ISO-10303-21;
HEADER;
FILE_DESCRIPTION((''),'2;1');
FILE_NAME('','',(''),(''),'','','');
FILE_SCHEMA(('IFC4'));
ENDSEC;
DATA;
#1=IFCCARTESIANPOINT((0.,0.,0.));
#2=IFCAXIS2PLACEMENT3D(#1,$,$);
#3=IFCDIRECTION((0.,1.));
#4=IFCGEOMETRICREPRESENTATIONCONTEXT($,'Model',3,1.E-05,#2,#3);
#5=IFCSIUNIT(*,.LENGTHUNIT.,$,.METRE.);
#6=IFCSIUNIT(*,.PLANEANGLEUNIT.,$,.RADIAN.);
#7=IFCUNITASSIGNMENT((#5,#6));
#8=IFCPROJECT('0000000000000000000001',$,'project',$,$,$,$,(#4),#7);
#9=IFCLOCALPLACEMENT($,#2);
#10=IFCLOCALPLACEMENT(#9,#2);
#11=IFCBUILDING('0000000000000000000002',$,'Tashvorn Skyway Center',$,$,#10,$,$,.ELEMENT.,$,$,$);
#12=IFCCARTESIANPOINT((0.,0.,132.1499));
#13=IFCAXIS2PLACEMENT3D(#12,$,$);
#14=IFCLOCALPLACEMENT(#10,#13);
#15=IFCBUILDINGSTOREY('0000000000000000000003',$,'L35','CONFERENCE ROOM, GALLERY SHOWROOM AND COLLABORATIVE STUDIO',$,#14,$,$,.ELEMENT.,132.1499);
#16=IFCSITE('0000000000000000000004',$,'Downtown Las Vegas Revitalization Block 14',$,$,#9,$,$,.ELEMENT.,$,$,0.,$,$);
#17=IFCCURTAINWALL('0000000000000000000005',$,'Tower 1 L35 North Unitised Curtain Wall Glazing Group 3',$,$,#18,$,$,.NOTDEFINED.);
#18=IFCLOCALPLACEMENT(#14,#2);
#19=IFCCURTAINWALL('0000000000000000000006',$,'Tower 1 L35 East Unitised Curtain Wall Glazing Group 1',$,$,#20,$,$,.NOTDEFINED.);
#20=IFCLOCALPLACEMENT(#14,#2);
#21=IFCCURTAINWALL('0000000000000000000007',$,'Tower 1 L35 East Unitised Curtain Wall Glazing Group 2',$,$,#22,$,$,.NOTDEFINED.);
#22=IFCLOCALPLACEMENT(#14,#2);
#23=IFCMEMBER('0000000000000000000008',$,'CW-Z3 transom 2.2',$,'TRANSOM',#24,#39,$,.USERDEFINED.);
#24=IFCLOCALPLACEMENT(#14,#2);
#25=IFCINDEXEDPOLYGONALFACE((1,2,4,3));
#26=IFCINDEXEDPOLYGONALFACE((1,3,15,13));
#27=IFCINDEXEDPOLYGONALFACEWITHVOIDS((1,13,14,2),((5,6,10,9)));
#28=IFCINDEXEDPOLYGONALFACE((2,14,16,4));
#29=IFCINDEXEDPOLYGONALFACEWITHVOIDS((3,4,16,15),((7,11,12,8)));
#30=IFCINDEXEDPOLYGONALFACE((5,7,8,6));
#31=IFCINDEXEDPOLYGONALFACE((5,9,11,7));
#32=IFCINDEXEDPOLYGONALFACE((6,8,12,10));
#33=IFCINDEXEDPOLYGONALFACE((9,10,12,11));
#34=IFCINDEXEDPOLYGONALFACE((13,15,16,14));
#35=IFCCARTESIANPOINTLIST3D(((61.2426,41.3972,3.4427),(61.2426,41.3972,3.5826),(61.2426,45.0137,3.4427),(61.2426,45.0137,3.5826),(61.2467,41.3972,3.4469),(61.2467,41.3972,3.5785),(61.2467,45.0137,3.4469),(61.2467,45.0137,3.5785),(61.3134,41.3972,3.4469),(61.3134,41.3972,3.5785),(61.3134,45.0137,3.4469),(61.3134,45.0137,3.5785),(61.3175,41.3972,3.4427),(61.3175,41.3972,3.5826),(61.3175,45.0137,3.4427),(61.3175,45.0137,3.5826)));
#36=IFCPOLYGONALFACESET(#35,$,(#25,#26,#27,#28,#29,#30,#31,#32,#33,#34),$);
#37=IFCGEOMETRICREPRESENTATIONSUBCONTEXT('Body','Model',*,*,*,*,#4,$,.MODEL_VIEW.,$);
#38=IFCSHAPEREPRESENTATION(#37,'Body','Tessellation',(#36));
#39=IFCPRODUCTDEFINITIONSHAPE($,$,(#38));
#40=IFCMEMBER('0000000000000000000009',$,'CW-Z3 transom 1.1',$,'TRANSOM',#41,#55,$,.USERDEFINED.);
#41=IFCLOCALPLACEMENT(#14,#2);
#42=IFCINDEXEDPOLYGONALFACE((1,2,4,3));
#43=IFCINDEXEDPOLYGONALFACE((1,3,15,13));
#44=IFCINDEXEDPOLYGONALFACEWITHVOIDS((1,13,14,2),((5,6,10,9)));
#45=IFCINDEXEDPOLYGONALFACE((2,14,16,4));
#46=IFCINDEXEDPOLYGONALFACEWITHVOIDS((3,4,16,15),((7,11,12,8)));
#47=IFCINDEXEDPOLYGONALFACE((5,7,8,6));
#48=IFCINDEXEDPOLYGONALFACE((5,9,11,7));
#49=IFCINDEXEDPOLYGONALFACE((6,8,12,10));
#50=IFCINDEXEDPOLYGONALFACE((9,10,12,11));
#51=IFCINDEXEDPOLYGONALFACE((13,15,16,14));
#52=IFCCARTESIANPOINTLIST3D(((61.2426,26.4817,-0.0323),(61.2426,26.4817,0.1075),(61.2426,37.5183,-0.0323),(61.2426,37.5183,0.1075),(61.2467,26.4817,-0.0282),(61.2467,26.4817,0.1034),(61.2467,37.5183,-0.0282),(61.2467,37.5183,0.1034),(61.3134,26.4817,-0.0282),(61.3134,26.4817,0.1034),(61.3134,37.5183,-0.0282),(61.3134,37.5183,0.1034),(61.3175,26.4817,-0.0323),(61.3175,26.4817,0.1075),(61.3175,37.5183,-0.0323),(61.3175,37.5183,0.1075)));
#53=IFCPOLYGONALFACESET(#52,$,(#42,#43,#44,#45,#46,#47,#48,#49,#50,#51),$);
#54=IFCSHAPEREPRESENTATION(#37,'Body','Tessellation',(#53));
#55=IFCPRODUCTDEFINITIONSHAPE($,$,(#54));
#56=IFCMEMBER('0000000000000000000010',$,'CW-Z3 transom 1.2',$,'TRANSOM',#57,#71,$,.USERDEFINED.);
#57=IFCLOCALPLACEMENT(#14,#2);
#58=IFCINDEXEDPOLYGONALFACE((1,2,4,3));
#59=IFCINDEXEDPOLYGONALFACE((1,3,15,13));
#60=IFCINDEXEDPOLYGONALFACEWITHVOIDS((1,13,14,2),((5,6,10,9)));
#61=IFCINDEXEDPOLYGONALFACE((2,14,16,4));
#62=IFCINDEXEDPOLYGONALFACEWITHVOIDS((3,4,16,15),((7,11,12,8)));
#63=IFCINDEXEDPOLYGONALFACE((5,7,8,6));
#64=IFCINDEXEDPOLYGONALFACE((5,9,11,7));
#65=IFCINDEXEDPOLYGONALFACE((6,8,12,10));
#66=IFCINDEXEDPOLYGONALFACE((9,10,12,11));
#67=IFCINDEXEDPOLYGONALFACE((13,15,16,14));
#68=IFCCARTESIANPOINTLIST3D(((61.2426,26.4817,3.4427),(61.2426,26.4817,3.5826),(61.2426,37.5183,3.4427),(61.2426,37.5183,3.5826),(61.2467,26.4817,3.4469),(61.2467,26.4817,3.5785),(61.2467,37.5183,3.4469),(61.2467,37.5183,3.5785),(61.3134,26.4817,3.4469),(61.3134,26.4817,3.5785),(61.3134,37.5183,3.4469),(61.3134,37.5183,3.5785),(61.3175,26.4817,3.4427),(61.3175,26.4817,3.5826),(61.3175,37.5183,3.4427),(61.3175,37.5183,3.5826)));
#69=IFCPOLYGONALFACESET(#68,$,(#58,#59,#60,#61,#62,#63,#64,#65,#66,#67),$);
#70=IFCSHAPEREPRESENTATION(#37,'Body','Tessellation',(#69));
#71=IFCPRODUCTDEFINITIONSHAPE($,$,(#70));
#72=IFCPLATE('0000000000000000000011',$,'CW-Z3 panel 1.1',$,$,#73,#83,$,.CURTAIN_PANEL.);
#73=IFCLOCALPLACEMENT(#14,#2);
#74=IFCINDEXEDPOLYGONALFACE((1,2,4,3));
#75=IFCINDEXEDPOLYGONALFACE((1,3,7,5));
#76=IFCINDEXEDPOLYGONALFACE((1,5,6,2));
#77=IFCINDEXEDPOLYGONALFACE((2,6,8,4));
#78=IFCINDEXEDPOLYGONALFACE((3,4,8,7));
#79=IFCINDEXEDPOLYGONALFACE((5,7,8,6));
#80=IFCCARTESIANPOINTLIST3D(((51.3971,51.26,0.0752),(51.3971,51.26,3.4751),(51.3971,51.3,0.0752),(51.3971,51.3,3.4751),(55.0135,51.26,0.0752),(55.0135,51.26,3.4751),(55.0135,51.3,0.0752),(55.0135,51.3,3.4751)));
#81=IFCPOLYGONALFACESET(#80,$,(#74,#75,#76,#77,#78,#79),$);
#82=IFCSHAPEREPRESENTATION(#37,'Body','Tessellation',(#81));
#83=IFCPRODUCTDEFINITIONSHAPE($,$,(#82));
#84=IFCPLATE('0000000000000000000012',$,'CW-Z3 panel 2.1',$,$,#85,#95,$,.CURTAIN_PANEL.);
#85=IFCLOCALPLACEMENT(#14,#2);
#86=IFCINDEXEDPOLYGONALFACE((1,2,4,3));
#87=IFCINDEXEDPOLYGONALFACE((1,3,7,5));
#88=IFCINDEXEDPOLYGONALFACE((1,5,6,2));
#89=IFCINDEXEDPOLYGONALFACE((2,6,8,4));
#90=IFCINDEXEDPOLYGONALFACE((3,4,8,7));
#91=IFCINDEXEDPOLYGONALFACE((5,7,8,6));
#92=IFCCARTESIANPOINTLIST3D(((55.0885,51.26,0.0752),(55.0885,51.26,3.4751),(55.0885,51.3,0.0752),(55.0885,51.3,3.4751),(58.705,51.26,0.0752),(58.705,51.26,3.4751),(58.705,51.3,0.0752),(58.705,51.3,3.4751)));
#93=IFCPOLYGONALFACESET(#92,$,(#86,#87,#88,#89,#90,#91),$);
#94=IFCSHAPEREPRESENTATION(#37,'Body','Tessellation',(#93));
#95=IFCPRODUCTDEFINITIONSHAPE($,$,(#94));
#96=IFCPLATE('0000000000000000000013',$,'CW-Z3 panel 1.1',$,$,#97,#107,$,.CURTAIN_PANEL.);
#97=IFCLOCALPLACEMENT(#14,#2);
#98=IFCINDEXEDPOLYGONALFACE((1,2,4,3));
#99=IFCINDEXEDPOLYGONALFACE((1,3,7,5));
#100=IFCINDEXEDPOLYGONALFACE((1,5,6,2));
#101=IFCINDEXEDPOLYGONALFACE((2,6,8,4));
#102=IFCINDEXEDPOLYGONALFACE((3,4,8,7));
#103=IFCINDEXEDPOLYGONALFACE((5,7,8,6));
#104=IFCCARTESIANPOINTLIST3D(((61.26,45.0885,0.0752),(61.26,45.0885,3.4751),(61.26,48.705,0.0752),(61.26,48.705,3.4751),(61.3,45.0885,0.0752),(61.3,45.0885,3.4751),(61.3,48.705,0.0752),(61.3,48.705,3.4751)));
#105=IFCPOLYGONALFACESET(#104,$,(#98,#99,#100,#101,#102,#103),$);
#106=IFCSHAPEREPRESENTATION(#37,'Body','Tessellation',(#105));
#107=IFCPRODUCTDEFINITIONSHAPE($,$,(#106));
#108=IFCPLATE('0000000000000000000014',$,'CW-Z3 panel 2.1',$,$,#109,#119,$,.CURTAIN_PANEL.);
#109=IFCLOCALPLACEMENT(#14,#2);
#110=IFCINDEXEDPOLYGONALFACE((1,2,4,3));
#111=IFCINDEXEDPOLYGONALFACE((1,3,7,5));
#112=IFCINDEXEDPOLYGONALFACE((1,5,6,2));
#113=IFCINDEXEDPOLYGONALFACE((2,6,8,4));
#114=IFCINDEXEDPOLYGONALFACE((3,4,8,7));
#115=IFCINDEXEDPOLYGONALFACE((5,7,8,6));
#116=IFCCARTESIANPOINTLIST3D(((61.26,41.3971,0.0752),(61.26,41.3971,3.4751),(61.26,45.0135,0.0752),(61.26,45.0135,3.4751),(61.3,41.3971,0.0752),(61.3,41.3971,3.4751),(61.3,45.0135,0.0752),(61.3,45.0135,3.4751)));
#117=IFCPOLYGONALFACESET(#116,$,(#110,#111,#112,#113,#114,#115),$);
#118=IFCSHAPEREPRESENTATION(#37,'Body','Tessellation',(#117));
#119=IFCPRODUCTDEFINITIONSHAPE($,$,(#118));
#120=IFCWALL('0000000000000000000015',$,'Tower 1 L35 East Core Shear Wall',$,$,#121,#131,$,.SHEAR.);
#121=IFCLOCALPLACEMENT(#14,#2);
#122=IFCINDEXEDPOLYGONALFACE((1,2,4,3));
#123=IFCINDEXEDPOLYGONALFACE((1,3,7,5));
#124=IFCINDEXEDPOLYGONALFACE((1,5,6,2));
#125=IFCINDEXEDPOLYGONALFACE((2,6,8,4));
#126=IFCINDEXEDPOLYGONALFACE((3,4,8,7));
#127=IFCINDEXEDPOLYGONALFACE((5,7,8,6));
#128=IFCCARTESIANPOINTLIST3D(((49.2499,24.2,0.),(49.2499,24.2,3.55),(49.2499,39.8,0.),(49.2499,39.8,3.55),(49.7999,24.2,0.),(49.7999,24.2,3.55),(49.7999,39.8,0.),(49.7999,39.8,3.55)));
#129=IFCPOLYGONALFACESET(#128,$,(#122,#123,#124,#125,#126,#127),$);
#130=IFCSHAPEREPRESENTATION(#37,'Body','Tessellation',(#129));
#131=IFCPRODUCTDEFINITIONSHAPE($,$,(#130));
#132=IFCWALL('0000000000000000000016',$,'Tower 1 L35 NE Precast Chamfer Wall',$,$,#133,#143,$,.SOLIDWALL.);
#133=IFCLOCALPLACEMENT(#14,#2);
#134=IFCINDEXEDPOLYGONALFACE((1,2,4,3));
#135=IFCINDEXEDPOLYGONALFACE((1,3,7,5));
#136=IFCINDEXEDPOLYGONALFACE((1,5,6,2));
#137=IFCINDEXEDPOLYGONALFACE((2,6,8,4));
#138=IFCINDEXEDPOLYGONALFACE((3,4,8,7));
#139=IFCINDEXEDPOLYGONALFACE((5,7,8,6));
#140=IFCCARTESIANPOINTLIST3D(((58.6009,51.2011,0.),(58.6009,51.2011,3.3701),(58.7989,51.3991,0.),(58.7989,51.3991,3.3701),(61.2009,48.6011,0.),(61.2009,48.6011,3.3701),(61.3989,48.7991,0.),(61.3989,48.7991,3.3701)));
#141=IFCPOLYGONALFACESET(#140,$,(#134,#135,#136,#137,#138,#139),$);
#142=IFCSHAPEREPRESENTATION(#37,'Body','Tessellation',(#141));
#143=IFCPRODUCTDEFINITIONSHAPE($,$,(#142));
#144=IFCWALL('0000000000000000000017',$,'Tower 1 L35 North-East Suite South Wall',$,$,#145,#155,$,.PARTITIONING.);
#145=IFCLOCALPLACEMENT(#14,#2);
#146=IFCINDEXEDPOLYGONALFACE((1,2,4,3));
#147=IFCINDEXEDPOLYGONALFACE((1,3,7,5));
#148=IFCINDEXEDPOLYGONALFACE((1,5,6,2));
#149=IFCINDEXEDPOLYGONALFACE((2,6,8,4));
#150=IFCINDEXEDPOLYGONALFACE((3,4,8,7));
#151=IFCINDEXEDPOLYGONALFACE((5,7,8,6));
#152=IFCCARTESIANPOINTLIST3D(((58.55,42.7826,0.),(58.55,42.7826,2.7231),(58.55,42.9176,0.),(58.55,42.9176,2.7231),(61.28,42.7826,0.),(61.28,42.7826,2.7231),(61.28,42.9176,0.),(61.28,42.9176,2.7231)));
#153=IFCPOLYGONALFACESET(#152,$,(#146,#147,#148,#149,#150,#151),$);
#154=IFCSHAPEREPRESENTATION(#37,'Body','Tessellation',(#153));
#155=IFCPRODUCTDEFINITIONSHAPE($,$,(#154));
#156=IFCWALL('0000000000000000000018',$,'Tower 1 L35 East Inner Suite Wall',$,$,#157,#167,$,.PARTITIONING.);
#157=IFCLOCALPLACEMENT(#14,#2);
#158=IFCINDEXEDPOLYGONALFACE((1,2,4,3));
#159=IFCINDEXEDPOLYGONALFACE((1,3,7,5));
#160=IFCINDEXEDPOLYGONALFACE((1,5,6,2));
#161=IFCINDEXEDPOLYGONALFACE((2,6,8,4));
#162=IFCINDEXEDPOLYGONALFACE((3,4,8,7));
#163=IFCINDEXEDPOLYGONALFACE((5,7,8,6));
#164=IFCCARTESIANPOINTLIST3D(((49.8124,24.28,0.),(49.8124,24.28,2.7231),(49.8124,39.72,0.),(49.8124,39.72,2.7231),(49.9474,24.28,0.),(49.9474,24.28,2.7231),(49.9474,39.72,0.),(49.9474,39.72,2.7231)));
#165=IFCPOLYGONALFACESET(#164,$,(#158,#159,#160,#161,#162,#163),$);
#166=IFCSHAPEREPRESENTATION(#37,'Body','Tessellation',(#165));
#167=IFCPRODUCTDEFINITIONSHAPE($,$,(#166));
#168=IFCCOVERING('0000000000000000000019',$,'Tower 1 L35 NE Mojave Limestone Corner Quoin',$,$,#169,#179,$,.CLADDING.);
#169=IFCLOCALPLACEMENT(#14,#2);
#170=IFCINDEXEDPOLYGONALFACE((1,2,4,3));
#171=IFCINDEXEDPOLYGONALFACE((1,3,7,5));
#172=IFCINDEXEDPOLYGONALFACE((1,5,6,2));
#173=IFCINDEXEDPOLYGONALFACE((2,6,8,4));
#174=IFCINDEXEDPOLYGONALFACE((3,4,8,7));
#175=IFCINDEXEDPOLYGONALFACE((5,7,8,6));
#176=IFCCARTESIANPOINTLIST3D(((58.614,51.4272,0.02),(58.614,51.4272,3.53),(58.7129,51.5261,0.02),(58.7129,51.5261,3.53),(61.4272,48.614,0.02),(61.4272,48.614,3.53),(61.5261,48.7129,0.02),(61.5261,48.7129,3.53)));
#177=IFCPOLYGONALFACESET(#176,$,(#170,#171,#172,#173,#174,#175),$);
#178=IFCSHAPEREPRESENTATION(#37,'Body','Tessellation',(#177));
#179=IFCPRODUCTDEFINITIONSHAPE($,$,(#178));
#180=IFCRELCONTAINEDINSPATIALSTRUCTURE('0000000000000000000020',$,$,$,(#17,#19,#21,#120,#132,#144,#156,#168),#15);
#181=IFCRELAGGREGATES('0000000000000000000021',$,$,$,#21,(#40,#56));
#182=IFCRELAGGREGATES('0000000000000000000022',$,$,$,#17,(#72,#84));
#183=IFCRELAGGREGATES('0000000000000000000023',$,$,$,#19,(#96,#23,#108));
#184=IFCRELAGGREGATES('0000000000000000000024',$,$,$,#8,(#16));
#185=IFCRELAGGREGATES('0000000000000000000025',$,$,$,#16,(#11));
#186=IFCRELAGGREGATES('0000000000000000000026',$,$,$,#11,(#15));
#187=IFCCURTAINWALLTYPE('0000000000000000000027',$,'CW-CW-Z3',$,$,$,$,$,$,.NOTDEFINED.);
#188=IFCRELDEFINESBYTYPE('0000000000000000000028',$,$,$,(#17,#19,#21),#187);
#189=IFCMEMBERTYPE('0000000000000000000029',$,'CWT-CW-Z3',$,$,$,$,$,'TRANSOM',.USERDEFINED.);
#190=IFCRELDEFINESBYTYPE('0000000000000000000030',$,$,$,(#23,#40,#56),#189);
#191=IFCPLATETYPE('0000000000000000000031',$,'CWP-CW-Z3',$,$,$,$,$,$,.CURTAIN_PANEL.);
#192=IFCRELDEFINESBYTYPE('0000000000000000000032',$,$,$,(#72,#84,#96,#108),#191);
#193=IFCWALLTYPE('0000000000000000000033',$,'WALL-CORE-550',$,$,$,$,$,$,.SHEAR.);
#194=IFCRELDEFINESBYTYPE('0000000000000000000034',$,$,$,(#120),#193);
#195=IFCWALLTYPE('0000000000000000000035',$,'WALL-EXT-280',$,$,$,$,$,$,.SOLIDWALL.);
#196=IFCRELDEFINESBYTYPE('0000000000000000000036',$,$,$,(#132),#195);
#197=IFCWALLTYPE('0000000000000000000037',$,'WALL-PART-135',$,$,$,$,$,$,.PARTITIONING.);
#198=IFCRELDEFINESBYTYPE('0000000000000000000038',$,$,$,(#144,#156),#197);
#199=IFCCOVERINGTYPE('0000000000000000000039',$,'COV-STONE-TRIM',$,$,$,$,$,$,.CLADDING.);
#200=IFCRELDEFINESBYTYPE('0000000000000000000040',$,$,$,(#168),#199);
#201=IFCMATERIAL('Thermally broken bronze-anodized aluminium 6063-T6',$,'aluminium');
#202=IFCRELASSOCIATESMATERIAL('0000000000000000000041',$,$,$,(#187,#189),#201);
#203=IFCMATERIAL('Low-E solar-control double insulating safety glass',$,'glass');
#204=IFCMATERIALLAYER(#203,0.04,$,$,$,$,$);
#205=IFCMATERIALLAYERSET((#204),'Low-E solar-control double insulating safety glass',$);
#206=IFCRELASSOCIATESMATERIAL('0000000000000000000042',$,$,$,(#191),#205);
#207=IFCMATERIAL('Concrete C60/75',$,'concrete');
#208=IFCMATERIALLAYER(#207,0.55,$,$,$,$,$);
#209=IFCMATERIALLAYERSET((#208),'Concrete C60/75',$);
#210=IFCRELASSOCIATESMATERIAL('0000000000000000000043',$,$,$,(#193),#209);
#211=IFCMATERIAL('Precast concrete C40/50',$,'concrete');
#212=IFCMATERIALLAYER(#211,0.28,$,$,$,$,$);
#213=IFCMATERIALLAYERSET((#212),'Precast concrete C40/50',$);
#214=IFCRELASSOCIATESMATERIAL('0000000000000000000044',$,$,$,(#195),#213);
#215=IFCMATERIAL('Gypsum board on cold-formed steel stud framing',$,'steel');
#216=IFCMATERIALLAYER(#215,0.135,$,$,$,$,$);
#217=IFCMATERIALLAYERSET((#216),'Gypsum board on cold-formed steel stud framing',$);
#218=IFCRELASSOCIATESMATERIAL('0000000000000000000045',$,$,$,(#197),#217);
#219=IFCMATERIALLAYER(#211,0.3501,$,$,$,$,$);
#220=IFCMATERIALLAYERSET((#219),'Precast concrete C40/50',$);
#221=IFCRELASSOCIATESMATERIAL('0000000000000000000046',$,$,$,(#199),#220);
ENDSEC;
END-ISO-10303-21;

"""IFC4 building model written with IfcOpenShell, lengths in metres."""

from ifc_helpers import new_model, si_unit, direction, frame, frame_2d, origin, origin_2d, place, context, subcontext, project, spatial, rectangle, hollow_rectangle, extrude, material, layer, layer_set, material_profile, profile_set, type_object, element, aggregate, save


model = new_model("IFC4")

# Units and contexts
model_context = context("Model", 3, precision=1e-05, world=origin(), true_north=direction((0.0, 1.0)))
body_context = subcontext(model_context, "Body", "Model", "MODEL_VIEW")
ifc_project = project(units=[si_unit("LENGTHUNIT", "METRE"), si_unit("PLANEANGLEUNIT", "RADIAN")], contexts=[model_context])

# Site, building, storey
site_placement = place(None, origin())
site = spatial("IfcSite", under=ifc_project, at=site_placement, Name="Downtown Las Vegas Revitalization Block 14", CompositionType="ELEMENT", RefElevation=0.0)
building_placement = place(site_placement, origin())
building = spatial("IfcBuilding", under=site, at=building_placement, Name="Tashvorn Skyway Center", CompositionType="ELEMENT")
storey_placement = place(building_placement, frame((0.0, 0.0, 132.1499)))
storey = spatial("IfcBuildingStorey", under=building, at=storey_placement, Name="L35", Description="CONFERENCE ROOM, GALLERY SHOWROOM AND COLLABORATIVE STUDIO", CompositionType="ELEMENT", Elevation=132.1499)

# Curtain walls
ifc_material_1 = material(Name="Thermally broken bronze-anodized aluminium 6063-T6", Category="aluminium")
curtain_wall_type = type_object("IfcCurtainWallType", Name="CW-CW-Z3", PredefinedType="NOTDEFINED", material=ifc_material_1)
curtain_wall_1_placement = place(storey_placement, origin())
curtain_wall_1 = element("IfcCurtainWall", 1, at=curtain_wall_1_placement, inside=storey, type_object=curtain_wall_type, Name="Tower 1 L35 North Unitised Curtain Wall Glazing Group 3", PredefinedType="NOTDEFINED")
curtain_wall_2_placement = place(storey_placement, origin())
curtain_wall_2 = element("IfcCurtainWall", 2, at=curtain_wall_2_placement, inside=storey, type_object=curtain_wall_type, Name="Tower 1 L35 East Unitised Curtain Wall Glazing Group 1", PredefinedType="NOTDEFINED")

# Curtain wall
curtain_wall_3_placement = place(storey_placement, origin())
curtain_wall_3 = element("IfcCurtainWall", 3, at=curtain_wall_3_placement, inside=storey, type_object=curtain_wall_type, Name="Tower 1 L35 East Unitised Curtain Wall Glazing Group 2", PredefinedType="NOTDEFINED")

# Members
ifc_material_profile_1 = material_profile(ifc_material_1, hollow_rectangle(XDim=0.075, YDim=0.1399, WallThickness=0.0042, at=origin_2d()), Name="ALU-TRAN-75x140")
ifc_profile_set_1 = profile_set([ifc_material_profile_1], Name="Thermally broken bronze-anodized aluminium 6063-T6")
member_type_1 = type_object("IfcMemberType", Name="CWT-CW-Z3", ElementType="TRANSOM", PredefinedType="USERDEFINED", material=ifc_profile_set_1)
member_1_placement = place(storey_placement, frame((61.28, 45.0137, 3.5127), z_axis=(0.0, -1.0, 0.0), x_axis=(1.0, 0.0, 0.0)))
member_1 = element("IfcMember", 4, at=member_1_placement, type_object=member_type_1, Name="CW-Z3 transom 2.2", ObjectType="TRANSOM", PredefinedType="USERDEFINED", context=body_context, shape_type="SweptSolid", body=[
    extrude(hollow_rectangle(XDim=0.075, YDim=0.1399, WallThickness=0.0042, at=origin_2d()), origin(), (0.0, 0.0, 1.0), 3.6165),
])
member_2_placement = place(storey_placement, frame((61.28, 37.5183, 0.0376), z_axis=(0.0, -1.0, 0.0), x_axis=(1.0, 0.0, 0.0)))
member_2 = element("IfcMember", 5, at=member_2_placement, type_object=member_type_1, Name="CW-Z3 transom 1.1", ObjectType="TRANSOM", PredefinedType="USERDEFINED", context=body_context, shape_type="SweptSolid", body=[
    extrude(hollow_rectangle(XDim=0.075, YDim=0.1399, WallThickness=0.0042, at=origin_2d()), origin(), (0.0, 0.0, 1.0), 11.0366),
])
member_3_placement = place(storey_placement, frame((61.28, 37.5183, 3.5127), z_axis=(0.0, -1.0, 0.0), x_axis=(1.0, 0.0, 0.0)))
member_3 = element("IfcMember", 6, at=member_3_placement, type_object=member_type_1, Name="CW-Z3 transom 1.2", ObjectType="TRANSOM", PredefinedType="USERDEFINED", context=body_context, shape_type="SweptSolid", body=[
    extrude(hollow_rectangle(XDim=0.075, YDim=0.1399, WallThickness=0.0042, at=origin_2d()), origin(), (0.0, 0.0, 1.0), 11.0366),
])
aggregate(curtain_wall_3, [member_2, member_3])

# Plates
ifc_material_2 = material(Name="Low-E solar-control double insulating safety glass", Category="glass")
ifc_layer_1 = layer(ifc_material_2, 0.04)
ifc_layer_set_1 = layer_set([ifc_layer_1], Name="Low-E solar-control double insulating safety glass")
plate_type = type_object("IfcPlateType", Name="CWP-CW-Z3", PredefinedType="CURTAIN_PANEL", material=ifc_layer_set_1)
plate_1_placement = place(storey_placement, frame((53.2053, 51.28, 0.0752), z_axis=(0.0, 0.0, 1.0), x_axis=(1.0, 0.0, 0.0)))
plate_1 = element("IfcPlate", 7, at=plate_1_placement, type_object=plate_type, Name="CW-Z3 panel 1.1", PredefinedType="CURTAIN_PANEL", context=body_context, shape_type="SweptSolid", body=[
    extrude(rectangle(XDim=3.6165, YDim=0.04, at=origin_2d()), origin(), (0.0, 0.0, 1.0), 3.3999),
])
plate_2_placement = place(storey_placement, frame((56.8967, 51.28, 0.0752), z_axis=(0.0, 0.0, 1.0), x_axis=(1.0, 0.0, 0.0)))
plate_2 = element("IfcPlate", 8, at=plate_2_placement, type_object=plate_type, Name="CW-Z3 panel 2.1", PredefinedType="CURTAIN_PANEL", context=body_context, shape_type="SweptSolid", body=[
    extrude(rectangle(XDim=3.6165, YDim=0.04, at=origin_2d()), origin(), (0.0, 0.0, 1.0), 3.3999),
])
aggregate(curtain_wall_1, [plate_1, plate_2])
plate_3_placement = place(storey_placement, frame((61.28, 46.8967, 0.0752), z_axis=(0.0, 0.0, 1.0), x_axis=(0.0, -1.0, 0.0)))
plate_3 = element("IfcPlate", 9, at=plate_3_placement, type_object=plate_type, Name="CW-Z3 panel 1.1", PredefinedType="CURTAIN_PANEL", context=body_context, shape_type="SweptSolid", body=[
    extrude(rectangle(XDim=3.6165, YDim=0.04, at=origin_2d()), origin(), (0.0, 0.0, 1.0), 3.3999),
])
plate_4_placement = place(storey_placement, frame((61.28, 43.2053, 0.0752), z_axis=(0.0, 0.0, 1.0), x_axis=(0.0, -1.0, 0.0)))
plate_4 = element("IfcPlate", 10, at=plate_4_placement, type_object=plate_type, Name="CW-Z3 panel 2.1", PredefinedType="CURTAIN_PANEL", context=body_context, shape_type="SweptSolid", body=[
    extrude(rectangle(XDim=3.6165, YDim=0.04, at=origin_2d()), origin(), (0.0, 0.0, 1.0), 3.3999),
])
aggregate(curtain_wall_2, [plate_3, member_1, plate_4])

# Walls
ifc_material_3 = material(Name="Concrete C60/75", Category="concrete")
ifc_layer_2 = layer(ifc_material_3, 0.55)
ifc_layer_set_2 = layer_set([ifc_layer_2], Name="Concrete C60/75")
wall_type_1 = type_object("IfcWallType", Name="WALL-CORE-550", PredefinedType="SHEAR", material=ifc_layer_set_2)
wall_1_placement = place(storey_placement, frame((49.5249, 39.8, 0.0), z_axis=(0.0, 0.0, 1.0), x_axis=(0.0, -1.0, 0.0)))
element("IfcWall", 11, at=wall_1_placement, inside=storey, type_object=wall_type_1, Name="Tower 1 L35 East Core Shear Wall", PredefinedType="SHEAR", context=body_context, shape_type="SweptSolid", body=[
    extrude(rectangle(XDim=15.6001, YDim=0.55, at=frame_2d((7.8, 0.0))), origin(), (0.0, 0.0, 1.0), 3.55),
])
ifc_material_4 = material(Name="Precast concrete C40/50", Category="concrete")
ifc_layer_3 = layer(ifc_material_4, 0.28)
ifc_layer_set_3 = layer_set([ifc_layer_3], Name="Precast concrete C40/50")
wall_type_2 = type_object("IfcWallType", Name="WALL-EXT-280", PredefinedType="SOLIDWALL", material=ifc_layer_set_3)
wall_2_placement = place(storey_placement, frame((58.7, 51.3, 0.0), z_axis=(0.0, 0.0, 1.0), x_axis=(0.707107, -0.707107, 0.0)))
element("IfcWall", 12, at=wall_2_placement, inside=storey, type_object=wall_type_2, Name="Tower 1 L35 NE Precast Chamfer Wall", PredefinedType="SOLIDWALL", context=body_context, shape_type="SweptSolid", body=[
    extrude(rectangle(XDim=3.677, YDim=0.28, at=frame_2d((1.8384, 0.0))), origin(), (0.0, 0.0, 1.0), 3.3701),
])
ifc_material_5 = material(Name="Gypsum board on cold-formed steel stud framing", Category="steel")
ifc_layer_4 = layer(ifc_material_5, 0.135)
ifc_layer_set_4 = layer_set([ifc_layer_4], Name="Gypsum board on cold-formed steel stud framing")
wall_type_3 = type_object("IfcWallType", Name="WALL-PART-135", PredefinedType="PARTITIONING", material=ifc_layer_set_4)
wall_3_placement = place(storey_placement, frame((58.55, 42.8501, 0.0), z_axis=(0.0, 0.0, 1.0), x_axis=(1.0, 0.0, 0.0)))
element("IfcWall", 13, at=wall_3_placement, inside=storey, type_object=wall_type_3, Name="Tower 1 L35 North-East Suite South Wall", PredefinedType="PARTITIONING", context=body_context, shape_type="SweptSolid", body=[
    extrude(rectangle(XDim=2.73, YDim=0.135, at=frame_2d((1.365, 0.0))), origin(), (0.0, 0.0, 1.0), 2.7231),
])
wall_4_placement = place(storey_placement, frame((49.8799, 39.72, 0.0), z_axis=(0.0, 0.0, 1.0), x_axis=(0.0, -1.0, 0.0)))
element("IfcWall", 14, at=wall_4_placement, inside=storey, type_object=wall_type_3, Name="Tower 1 L35 East Inner Suite Wall", PredefinedType="PARTITIONING", context=body_context, shape_type="SweptSolid", body=[
    extrude(rectangle(XDim=15.4399, YDim=0.135, at=frame_2d((7.72, 0.0))), origin(), (0.0, 0.0, 1.0), 2.7231),
])

# Covering
ifc_layer_5 = layer(ifc_material_4, 0.3501)
ifc_layer_set_5 = layer_set([ifc_layer_5], Name="Precast concrete C40/50")
covering_type = type_object("IfcCoveringType", Name="COV-STONE-TRIM", PredefinedType="CLADDING", material=ifc_layer_set_5)
covering_placement = place(storey_placement, frame((60.0701, 50.0701, 0.02), z_axis=(0.0, 0.0, 1.0), x_axis=(0.707107, -0.707107, 0.0)))
element("IfcCovering", 15, at=covering_placement, inside=storey, type_object=covering_type, Name="Tower 1 L35 NE Mojave Limestone Corner Quoin", PredefinedType="CLADDING", context=body_context, shape_type="SweptSolid", body=[
    extrude(rectangle(XDim=3.9785, YDim=0.1399, at=origin_2d()), origin(), (0.0, 0.0, 1.0), 3.51),
])

save(model, "model.ifc")
